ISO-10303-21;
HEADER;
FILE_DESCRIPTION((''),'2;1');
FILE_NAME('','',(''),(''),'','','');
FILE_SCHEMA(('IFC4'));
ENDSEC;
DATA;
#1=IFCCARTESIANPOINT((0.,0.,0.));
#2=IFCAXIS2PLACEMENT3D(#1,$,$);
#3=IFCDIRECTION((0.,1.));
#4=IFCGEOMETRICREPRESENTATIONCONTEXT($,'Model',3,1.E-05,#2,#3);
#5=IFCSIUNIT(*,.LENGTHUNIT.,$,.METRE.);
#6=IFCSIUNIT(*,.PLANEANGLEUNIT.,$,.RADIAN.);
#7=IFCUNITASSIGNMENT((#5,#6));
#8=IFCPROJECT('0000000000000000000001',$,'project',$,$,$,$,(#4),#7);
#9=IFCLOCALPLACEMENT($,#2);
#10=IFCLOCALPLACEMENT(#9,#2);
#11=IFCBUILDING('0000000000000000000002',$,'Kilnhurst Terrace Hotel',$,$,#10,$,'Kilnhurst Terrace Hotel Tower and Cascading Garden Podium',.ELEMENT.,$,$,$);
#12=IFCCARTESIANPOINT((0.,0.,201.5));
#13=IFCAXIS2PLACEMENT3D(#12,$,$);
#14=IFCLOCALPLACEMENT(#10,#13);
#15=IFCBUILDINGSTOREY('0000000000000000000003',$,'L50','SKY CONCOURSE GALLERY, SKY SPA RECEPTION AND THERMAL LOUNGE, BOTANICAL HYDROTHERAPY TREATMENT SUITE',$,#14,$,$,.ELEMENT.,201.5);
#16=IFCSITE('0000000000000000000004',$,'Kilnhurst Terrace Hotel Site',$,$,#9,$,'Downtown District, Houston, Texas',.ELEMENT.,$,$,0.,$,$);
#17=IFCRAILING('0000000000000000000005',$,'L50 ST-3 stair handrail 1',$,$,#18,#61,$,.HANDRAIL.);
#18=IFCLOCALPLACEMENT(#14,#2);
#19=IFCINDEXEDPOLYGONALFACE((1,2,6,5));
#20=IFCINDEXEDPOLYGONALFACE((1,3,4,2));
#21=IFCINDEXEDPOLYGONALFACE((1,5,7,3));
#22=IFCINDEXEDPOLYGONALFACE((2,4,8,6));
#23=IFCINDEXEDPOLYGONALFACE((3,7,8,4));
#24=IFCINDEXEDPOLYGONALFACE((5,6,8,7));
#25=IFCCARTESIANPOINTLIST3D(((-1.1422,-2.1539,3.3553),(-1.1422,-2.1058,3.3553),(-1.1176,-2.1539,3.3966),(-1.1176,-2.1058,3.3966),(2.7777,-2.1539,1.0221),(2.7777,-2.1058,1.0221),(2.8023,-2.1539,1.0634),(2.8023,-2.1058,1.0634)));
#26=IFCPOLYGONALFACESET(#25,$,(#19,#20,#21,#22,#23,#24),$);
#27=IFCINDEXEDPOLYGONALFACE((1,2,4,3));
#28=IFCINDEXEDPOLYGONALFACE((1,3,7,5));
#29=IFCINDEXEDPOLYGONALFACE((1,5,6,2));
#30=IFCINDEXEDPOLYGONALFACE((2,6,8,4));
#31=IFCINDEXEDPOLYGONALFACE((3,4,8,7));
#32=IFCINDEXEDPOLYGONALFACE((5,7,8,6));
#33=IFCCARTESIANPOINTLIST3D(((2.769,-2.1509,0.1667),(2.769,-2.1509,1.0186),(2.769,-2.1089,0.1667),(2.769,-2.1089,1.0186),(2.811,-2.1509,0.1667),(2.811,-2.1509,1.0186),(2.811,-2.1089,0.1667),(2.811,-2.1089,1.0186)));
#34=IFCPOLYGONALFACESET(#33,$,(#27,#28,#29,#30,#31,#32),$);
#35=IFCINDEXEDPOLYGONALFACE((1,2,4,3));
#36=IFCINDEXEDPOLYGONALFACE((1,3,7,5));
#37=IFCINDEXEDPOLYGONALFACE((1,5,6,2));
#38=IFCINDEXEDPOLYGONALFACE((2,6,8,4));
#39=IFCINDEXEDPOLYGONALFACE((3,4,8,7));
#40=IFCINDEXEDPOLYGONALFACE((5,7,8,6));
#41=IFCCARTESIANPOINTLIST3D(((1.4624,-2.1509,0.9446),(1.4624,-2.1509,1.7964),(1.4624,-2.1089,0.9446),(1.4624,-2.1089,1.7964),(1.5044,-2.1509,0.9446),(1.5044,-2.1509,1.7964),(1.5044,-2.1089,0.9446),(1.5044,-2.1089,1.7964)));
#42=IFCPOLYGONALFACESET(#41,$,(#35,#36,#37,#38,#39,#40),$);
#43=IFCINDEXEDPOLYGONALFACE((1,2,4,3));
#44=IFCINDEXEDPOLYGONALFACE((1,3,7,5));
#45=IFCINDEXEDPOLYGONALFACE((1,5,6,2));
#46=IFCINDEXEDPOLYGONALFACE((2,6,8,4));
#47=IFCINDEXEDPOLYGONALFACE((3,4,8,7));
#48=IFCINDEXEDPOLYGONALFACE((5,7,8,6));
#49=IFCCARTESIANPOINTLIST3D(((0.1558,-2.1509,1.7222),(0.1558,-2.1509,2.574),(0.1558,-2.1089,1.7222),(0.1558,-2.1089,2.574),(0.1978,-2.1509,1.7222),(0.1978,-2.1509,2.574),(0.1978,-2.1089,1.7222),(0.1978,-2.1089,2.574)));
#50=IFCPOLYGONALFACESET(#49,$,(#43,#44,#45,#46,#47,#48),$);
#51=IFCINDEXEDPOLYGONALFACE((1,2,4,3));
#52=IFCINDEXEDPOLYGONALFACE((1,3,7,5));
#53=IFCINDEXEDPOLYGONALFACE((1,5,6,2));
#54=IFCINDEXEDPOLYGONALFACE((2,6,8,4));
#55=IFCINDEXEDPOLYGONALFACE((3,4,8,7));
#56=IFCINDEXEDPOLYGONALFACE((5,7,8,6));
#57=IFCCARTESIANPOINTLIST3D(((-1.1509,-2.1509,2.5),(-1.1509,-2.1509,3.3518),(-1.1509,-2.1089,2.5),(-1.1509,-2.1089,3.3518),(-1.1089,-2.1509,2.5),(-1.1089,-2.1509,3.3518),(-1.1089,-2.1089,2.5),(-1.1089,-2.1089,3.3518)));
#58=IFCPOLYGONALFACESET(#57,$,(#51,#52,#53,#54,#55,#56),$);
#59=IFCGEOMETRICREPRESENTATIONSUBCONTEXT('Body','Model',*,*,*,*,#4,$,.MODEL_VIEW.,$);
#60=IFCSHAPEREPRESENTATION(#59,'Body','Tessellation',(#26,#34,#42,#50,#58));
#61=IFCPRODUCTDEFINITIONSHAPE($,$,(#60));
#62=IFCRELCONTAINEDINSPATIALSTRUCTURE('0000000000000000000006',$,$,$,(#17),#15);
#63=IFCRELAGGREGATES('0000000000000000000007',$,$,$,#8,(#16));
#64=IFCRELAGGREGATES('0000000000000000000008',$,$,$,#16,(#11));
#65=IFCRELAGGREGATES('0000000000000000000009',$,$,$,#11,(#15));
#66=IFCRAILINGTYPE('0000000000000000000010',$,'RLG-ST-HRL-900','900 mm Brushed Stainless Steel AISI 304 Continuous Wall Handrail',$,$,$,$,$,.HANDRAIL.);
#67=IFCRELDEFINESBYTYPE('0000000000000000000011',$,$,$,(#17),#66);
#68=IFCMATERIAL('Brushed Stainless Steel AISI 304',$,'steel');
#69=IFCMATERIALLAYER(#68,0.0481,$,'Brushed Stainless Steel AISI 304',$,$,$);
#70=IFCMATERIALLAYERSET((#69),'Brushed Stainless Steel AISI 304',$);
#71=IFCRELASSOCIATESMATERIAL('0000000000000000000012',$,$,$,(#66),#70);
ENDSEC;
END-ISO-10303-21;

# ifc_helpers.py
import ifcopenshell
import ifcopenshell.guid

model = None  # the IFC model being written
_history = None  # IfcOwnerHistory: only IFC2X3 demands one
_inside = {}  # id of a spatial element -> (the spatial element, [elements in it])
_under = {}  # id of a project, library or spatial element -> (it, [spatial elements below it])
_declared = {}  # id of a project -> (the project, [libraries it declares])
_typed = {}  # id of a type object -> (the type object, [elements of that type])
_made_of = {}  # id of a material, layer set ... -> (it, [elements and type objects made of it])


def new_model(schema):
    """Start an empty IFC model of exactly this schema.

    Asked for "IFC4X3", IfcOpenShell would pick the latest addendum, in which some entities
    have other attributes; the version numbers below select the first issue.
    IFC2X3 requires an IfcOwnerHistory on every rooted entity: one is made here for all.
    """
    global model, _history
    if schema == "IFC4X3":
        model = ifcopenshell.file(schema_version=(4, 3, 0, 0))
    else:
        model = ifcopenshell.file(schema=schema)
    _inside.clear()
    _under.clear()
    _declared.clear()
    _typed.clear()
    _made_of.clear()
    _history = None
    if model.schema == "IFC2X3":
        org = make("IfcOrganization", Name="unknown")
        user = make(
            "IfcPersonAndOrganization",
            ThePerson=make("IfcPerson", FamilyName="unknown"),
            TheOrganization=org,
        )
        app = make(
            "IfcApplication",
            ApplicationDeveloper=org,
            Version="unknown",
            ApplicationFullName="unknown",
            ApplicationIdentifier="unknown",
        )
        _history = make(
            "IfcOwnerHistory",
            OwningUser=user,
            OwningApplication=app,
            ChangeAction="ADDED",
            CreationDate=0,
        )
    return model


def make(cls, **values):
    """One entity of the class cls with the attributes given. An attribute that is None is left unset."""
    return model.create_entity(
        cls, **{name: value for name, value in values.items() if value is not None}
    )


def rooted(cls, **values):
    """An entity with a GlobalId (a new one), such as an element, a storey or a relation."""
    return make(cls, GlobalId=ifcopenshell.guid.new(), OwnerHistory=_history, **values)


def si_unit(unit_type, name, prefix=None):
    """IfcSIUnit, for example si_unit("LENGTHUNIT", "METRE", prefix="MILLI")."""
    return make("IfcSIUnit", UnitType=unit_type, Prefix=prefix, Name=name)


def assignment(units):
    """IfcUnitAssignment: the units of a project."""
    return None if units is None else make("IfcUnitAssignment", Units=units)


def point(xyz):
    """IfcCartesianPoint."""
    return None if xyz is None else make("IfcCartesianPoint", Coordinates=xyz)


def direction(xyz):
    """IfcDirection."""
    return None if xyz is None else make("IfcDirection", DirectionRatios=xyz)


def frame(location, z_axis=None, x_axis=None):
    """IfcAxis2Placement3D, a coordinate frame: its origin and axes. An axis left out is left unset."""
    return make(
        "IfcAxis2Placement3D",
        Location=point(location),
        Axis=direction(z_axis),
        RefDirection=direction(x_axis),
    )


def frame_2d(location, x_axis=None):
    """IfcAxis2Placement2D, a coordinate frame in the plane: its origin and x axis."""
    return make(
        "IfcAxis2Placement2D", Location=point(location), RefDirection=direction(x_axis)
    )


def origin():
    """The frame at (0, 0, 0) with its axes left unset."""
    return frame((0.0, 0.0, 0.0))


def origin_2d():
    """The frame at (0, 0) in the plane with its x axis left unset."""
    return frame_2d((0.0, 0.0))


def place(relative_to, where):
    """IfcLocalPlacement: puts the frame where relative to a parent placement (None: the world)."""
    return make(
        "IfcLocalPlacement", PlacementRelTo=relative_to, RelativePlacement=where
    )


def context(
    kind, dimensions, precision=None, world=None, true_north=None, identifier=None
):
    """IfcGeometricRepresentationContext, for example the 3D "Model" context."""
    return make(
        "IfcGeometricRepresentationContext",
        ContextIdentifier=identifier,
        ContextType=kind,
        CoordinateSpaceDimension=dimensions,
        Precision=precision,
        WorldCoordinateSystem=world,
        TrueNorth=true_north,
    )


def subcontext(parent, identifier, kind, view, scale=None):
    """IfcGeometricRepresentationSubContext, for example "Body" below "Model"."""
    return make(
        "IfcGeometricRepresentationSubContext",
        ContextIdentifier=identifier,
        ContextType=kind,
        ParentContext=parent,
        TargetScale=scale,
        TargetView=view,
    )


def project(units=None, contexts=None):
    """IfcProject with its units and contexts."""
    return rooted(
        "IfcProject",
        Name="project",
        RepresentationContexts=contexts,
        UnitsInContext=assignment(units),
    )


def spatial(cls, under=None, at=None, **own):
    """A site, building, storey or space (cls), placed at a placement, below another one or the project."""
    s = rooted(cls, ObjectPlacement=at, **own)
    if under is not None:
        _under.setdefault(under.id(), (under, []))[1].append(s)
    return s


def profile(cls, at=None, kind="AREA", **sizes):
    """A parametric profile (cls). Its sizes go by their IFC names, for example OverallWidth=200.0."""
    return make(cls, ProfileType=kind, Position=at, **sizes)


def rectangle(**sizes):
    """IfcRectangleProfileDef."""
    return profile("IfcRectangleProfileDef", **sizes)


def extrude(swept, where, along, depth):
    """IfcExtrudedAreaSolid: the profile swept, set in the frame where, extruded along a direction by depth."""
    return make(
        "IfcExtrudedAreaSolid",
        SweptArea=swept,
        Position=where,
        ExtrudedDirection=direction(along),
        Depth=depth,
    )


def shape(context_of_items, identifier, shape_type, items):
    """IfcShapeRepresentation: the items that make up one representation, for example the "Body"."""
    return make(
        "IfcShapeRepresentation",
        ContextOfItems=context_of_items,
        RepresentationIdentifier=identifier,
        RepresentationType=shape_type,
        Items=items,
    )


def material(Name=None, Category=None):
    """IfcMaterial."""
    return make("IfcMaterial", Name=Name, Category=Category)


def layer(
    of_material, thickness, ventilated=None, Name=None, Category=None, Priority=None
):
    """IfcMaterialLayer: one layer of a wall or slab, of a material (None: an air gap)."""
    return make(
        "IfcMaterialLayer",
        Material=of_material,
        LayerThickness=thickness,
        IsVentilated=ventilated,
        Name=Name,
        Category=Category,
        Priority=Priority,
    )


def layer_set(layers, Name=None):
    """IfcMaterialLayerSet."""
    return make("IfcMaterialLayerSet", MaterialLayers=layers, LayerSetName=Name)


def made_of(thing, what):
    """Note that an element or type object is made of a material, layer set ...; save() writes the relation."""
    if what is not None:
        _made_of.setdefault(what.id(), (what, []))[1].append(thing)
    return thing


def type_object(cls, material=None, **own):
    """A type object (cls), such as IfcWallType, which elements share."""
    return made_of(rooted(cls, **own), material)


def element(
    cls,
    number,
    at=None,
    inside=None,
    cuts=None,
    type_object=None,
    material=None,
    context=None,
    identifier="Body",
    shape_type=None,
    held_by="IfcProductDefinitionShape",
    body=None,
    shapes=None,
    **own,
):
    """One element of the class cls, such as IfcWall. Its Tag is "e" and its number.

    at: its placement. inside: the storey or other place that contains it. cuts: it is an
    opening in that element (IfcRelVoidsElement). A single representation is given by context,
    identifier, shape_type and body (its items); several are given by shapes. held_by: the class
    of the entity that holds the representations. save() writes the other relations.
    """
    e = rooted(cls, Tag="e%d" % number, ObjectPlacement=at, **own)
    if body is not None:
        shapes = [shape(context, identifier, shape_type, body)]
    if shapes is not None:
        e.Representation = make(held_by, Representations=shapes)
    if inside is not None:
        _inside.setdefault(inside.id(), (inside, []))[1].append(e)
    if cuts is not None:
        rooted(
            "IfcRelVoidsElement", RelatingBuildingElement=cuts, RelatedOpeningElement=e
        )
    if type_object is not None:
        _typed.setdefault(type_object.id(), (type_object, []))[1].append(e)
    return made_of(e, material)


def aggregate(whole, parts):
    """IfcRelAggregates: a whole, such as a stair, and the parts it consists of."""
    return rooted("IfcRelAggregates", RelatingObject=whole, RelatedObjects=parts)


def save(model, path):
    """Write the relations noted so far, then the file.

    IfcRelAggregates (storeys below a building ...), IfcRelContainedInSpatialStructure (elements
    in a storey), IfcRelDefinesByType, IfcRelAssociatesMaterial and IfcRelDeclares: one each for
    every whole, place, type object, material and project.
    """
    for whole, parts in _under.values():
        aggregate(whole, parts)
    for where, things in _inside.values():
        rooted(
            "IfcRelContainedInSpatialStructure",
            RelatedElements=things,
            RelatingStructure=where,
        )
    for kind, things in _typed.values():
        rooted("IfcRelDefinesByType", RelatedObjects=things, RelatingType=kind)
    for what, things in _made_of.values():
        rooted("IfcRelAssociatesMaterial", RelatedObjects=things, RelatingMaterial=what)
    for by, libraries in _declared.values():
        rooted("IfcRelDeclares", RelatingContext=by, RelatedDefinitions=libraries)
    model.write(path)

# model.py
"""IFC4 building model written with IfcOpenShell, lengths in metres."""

from ifc_helpers import new_model, si_unit, direction, frame, origin, origin_2d, place, context, subcontext, project, spatial, rectangle, extrude, material, layer, layer_set, type_object, element, save


model = new_model("IFC4")

# Units and contexts
model_context = context("Model", 3, precision=1e-05, world=origin(), true_north=direction((0.0, 1.0)))
body_context = subcontext(model_context, "Body", "Model", "MODEL_VIEW")
ifc_project = project(units=[si_unit("LENGTHUNIT", "METRE"), si_unit("PLANEANGLEUNIT", "RADIAN")], contexts=[model_context])

# Site, building, storey
site_placement = place(None, origin())
site = spatial("IfcSite", under=ifc_project, at=site_placement, Name="Kilnhurst Terrace Hotel Site", LongName="Downtown District, Houston, Texas", CompositionType="ELEMENT", RefElevation=0.0)
building_placement = place(site_placement, origin())
building = spatial("IfcBuilding", under=site, at=building_placement, Name="Kilnhurst Terrace Hotel", LongName="Kilnhurst Terrace Hotel Tower and Cascading Garden Podium", CompositionType="ELEMENT")
storey_placement = place(building_placement, frame((0.0, 0.0, 201.5)))
storey = spatial("IfcBuildingStorey", under=building, at=storey_placement, Name="L50", Description="SKY CONCOURSE GALLERY, SKY SPA RECEPTION AND THERMAL LOUNGE, BOTANICAL HYDROTHERAPY TREATMENT SUITE", CompositionType="ELEMENT", Elevation=201.5)

# Railing
ifc_material_1 = material(Name="Brushed Stainless Steel AISI 304", Category="steel")
ifc_layer_1 = layer(ifc_material_1, 0.0481, Name="Brushed Stainless Steel AISI 304")
ifc_layer_set_1 = layer_set([ifc_layer_1], Name="Brushed Stainless Steel AISI 304")
railing_type_1 = type_object("IfcRailingType", Name="RLG-ST-HRL-900", Description="900 mm Brushed Stainless Steel AISI 304 Continuous Wall Handrail", PredefinedType="HANDRAIL", material=ifc_layer_set_1)
railing_1_placement = place(storey_placement, frame((2.79, -2.1299, 0.1667)))
element("IfcRailing", 1, at=railing_1_placement, inside=storey, type_object=railing_type_1, Name="L50 ST-3 stair handrail 1", PredefinedType="HANDRAIL", context=body_context, shape_type="SweptSolid", body=[
    extrude(rectangle(XDim=0.0481, YDim=0.0481, at=origin_2d()), frame((0.0, 0.0, 0.876), z_axis=(-0.859296, 0.0, 0.511478), x_axis=(0.0, -1.0, 0.0)), (0.0, 0.0, 1.0), 4.5618),
    extrude(rectangle(XDim=0.042, YDim=0.042, at=origin_2d()), origin(), (0.0, 0.0, 1.0), 0.8518),
    extrude(rectangle(XDim=0.042, YDim=0.042, at=origin_2d()), frame((-1.3066, 0.0, 0.7778)), (0.0, 0.0, 1.0), 0.8518),
    extrude(rectangle(XDim=0.042, YDim=0.042, at=origin_2d()), frame((-2.6133, 0.0, 1.5554)), (0.0, 0.0, 1.0), 0.8518),
    extrude(rectangle(XDim=0.042, YDim=0.042, at=origin_2d()), frame((-3.9199, 0.0, 2.3333)), (0.0, 0.0, 1.0), 0.8518),
])

save(model, "model.ifc")
